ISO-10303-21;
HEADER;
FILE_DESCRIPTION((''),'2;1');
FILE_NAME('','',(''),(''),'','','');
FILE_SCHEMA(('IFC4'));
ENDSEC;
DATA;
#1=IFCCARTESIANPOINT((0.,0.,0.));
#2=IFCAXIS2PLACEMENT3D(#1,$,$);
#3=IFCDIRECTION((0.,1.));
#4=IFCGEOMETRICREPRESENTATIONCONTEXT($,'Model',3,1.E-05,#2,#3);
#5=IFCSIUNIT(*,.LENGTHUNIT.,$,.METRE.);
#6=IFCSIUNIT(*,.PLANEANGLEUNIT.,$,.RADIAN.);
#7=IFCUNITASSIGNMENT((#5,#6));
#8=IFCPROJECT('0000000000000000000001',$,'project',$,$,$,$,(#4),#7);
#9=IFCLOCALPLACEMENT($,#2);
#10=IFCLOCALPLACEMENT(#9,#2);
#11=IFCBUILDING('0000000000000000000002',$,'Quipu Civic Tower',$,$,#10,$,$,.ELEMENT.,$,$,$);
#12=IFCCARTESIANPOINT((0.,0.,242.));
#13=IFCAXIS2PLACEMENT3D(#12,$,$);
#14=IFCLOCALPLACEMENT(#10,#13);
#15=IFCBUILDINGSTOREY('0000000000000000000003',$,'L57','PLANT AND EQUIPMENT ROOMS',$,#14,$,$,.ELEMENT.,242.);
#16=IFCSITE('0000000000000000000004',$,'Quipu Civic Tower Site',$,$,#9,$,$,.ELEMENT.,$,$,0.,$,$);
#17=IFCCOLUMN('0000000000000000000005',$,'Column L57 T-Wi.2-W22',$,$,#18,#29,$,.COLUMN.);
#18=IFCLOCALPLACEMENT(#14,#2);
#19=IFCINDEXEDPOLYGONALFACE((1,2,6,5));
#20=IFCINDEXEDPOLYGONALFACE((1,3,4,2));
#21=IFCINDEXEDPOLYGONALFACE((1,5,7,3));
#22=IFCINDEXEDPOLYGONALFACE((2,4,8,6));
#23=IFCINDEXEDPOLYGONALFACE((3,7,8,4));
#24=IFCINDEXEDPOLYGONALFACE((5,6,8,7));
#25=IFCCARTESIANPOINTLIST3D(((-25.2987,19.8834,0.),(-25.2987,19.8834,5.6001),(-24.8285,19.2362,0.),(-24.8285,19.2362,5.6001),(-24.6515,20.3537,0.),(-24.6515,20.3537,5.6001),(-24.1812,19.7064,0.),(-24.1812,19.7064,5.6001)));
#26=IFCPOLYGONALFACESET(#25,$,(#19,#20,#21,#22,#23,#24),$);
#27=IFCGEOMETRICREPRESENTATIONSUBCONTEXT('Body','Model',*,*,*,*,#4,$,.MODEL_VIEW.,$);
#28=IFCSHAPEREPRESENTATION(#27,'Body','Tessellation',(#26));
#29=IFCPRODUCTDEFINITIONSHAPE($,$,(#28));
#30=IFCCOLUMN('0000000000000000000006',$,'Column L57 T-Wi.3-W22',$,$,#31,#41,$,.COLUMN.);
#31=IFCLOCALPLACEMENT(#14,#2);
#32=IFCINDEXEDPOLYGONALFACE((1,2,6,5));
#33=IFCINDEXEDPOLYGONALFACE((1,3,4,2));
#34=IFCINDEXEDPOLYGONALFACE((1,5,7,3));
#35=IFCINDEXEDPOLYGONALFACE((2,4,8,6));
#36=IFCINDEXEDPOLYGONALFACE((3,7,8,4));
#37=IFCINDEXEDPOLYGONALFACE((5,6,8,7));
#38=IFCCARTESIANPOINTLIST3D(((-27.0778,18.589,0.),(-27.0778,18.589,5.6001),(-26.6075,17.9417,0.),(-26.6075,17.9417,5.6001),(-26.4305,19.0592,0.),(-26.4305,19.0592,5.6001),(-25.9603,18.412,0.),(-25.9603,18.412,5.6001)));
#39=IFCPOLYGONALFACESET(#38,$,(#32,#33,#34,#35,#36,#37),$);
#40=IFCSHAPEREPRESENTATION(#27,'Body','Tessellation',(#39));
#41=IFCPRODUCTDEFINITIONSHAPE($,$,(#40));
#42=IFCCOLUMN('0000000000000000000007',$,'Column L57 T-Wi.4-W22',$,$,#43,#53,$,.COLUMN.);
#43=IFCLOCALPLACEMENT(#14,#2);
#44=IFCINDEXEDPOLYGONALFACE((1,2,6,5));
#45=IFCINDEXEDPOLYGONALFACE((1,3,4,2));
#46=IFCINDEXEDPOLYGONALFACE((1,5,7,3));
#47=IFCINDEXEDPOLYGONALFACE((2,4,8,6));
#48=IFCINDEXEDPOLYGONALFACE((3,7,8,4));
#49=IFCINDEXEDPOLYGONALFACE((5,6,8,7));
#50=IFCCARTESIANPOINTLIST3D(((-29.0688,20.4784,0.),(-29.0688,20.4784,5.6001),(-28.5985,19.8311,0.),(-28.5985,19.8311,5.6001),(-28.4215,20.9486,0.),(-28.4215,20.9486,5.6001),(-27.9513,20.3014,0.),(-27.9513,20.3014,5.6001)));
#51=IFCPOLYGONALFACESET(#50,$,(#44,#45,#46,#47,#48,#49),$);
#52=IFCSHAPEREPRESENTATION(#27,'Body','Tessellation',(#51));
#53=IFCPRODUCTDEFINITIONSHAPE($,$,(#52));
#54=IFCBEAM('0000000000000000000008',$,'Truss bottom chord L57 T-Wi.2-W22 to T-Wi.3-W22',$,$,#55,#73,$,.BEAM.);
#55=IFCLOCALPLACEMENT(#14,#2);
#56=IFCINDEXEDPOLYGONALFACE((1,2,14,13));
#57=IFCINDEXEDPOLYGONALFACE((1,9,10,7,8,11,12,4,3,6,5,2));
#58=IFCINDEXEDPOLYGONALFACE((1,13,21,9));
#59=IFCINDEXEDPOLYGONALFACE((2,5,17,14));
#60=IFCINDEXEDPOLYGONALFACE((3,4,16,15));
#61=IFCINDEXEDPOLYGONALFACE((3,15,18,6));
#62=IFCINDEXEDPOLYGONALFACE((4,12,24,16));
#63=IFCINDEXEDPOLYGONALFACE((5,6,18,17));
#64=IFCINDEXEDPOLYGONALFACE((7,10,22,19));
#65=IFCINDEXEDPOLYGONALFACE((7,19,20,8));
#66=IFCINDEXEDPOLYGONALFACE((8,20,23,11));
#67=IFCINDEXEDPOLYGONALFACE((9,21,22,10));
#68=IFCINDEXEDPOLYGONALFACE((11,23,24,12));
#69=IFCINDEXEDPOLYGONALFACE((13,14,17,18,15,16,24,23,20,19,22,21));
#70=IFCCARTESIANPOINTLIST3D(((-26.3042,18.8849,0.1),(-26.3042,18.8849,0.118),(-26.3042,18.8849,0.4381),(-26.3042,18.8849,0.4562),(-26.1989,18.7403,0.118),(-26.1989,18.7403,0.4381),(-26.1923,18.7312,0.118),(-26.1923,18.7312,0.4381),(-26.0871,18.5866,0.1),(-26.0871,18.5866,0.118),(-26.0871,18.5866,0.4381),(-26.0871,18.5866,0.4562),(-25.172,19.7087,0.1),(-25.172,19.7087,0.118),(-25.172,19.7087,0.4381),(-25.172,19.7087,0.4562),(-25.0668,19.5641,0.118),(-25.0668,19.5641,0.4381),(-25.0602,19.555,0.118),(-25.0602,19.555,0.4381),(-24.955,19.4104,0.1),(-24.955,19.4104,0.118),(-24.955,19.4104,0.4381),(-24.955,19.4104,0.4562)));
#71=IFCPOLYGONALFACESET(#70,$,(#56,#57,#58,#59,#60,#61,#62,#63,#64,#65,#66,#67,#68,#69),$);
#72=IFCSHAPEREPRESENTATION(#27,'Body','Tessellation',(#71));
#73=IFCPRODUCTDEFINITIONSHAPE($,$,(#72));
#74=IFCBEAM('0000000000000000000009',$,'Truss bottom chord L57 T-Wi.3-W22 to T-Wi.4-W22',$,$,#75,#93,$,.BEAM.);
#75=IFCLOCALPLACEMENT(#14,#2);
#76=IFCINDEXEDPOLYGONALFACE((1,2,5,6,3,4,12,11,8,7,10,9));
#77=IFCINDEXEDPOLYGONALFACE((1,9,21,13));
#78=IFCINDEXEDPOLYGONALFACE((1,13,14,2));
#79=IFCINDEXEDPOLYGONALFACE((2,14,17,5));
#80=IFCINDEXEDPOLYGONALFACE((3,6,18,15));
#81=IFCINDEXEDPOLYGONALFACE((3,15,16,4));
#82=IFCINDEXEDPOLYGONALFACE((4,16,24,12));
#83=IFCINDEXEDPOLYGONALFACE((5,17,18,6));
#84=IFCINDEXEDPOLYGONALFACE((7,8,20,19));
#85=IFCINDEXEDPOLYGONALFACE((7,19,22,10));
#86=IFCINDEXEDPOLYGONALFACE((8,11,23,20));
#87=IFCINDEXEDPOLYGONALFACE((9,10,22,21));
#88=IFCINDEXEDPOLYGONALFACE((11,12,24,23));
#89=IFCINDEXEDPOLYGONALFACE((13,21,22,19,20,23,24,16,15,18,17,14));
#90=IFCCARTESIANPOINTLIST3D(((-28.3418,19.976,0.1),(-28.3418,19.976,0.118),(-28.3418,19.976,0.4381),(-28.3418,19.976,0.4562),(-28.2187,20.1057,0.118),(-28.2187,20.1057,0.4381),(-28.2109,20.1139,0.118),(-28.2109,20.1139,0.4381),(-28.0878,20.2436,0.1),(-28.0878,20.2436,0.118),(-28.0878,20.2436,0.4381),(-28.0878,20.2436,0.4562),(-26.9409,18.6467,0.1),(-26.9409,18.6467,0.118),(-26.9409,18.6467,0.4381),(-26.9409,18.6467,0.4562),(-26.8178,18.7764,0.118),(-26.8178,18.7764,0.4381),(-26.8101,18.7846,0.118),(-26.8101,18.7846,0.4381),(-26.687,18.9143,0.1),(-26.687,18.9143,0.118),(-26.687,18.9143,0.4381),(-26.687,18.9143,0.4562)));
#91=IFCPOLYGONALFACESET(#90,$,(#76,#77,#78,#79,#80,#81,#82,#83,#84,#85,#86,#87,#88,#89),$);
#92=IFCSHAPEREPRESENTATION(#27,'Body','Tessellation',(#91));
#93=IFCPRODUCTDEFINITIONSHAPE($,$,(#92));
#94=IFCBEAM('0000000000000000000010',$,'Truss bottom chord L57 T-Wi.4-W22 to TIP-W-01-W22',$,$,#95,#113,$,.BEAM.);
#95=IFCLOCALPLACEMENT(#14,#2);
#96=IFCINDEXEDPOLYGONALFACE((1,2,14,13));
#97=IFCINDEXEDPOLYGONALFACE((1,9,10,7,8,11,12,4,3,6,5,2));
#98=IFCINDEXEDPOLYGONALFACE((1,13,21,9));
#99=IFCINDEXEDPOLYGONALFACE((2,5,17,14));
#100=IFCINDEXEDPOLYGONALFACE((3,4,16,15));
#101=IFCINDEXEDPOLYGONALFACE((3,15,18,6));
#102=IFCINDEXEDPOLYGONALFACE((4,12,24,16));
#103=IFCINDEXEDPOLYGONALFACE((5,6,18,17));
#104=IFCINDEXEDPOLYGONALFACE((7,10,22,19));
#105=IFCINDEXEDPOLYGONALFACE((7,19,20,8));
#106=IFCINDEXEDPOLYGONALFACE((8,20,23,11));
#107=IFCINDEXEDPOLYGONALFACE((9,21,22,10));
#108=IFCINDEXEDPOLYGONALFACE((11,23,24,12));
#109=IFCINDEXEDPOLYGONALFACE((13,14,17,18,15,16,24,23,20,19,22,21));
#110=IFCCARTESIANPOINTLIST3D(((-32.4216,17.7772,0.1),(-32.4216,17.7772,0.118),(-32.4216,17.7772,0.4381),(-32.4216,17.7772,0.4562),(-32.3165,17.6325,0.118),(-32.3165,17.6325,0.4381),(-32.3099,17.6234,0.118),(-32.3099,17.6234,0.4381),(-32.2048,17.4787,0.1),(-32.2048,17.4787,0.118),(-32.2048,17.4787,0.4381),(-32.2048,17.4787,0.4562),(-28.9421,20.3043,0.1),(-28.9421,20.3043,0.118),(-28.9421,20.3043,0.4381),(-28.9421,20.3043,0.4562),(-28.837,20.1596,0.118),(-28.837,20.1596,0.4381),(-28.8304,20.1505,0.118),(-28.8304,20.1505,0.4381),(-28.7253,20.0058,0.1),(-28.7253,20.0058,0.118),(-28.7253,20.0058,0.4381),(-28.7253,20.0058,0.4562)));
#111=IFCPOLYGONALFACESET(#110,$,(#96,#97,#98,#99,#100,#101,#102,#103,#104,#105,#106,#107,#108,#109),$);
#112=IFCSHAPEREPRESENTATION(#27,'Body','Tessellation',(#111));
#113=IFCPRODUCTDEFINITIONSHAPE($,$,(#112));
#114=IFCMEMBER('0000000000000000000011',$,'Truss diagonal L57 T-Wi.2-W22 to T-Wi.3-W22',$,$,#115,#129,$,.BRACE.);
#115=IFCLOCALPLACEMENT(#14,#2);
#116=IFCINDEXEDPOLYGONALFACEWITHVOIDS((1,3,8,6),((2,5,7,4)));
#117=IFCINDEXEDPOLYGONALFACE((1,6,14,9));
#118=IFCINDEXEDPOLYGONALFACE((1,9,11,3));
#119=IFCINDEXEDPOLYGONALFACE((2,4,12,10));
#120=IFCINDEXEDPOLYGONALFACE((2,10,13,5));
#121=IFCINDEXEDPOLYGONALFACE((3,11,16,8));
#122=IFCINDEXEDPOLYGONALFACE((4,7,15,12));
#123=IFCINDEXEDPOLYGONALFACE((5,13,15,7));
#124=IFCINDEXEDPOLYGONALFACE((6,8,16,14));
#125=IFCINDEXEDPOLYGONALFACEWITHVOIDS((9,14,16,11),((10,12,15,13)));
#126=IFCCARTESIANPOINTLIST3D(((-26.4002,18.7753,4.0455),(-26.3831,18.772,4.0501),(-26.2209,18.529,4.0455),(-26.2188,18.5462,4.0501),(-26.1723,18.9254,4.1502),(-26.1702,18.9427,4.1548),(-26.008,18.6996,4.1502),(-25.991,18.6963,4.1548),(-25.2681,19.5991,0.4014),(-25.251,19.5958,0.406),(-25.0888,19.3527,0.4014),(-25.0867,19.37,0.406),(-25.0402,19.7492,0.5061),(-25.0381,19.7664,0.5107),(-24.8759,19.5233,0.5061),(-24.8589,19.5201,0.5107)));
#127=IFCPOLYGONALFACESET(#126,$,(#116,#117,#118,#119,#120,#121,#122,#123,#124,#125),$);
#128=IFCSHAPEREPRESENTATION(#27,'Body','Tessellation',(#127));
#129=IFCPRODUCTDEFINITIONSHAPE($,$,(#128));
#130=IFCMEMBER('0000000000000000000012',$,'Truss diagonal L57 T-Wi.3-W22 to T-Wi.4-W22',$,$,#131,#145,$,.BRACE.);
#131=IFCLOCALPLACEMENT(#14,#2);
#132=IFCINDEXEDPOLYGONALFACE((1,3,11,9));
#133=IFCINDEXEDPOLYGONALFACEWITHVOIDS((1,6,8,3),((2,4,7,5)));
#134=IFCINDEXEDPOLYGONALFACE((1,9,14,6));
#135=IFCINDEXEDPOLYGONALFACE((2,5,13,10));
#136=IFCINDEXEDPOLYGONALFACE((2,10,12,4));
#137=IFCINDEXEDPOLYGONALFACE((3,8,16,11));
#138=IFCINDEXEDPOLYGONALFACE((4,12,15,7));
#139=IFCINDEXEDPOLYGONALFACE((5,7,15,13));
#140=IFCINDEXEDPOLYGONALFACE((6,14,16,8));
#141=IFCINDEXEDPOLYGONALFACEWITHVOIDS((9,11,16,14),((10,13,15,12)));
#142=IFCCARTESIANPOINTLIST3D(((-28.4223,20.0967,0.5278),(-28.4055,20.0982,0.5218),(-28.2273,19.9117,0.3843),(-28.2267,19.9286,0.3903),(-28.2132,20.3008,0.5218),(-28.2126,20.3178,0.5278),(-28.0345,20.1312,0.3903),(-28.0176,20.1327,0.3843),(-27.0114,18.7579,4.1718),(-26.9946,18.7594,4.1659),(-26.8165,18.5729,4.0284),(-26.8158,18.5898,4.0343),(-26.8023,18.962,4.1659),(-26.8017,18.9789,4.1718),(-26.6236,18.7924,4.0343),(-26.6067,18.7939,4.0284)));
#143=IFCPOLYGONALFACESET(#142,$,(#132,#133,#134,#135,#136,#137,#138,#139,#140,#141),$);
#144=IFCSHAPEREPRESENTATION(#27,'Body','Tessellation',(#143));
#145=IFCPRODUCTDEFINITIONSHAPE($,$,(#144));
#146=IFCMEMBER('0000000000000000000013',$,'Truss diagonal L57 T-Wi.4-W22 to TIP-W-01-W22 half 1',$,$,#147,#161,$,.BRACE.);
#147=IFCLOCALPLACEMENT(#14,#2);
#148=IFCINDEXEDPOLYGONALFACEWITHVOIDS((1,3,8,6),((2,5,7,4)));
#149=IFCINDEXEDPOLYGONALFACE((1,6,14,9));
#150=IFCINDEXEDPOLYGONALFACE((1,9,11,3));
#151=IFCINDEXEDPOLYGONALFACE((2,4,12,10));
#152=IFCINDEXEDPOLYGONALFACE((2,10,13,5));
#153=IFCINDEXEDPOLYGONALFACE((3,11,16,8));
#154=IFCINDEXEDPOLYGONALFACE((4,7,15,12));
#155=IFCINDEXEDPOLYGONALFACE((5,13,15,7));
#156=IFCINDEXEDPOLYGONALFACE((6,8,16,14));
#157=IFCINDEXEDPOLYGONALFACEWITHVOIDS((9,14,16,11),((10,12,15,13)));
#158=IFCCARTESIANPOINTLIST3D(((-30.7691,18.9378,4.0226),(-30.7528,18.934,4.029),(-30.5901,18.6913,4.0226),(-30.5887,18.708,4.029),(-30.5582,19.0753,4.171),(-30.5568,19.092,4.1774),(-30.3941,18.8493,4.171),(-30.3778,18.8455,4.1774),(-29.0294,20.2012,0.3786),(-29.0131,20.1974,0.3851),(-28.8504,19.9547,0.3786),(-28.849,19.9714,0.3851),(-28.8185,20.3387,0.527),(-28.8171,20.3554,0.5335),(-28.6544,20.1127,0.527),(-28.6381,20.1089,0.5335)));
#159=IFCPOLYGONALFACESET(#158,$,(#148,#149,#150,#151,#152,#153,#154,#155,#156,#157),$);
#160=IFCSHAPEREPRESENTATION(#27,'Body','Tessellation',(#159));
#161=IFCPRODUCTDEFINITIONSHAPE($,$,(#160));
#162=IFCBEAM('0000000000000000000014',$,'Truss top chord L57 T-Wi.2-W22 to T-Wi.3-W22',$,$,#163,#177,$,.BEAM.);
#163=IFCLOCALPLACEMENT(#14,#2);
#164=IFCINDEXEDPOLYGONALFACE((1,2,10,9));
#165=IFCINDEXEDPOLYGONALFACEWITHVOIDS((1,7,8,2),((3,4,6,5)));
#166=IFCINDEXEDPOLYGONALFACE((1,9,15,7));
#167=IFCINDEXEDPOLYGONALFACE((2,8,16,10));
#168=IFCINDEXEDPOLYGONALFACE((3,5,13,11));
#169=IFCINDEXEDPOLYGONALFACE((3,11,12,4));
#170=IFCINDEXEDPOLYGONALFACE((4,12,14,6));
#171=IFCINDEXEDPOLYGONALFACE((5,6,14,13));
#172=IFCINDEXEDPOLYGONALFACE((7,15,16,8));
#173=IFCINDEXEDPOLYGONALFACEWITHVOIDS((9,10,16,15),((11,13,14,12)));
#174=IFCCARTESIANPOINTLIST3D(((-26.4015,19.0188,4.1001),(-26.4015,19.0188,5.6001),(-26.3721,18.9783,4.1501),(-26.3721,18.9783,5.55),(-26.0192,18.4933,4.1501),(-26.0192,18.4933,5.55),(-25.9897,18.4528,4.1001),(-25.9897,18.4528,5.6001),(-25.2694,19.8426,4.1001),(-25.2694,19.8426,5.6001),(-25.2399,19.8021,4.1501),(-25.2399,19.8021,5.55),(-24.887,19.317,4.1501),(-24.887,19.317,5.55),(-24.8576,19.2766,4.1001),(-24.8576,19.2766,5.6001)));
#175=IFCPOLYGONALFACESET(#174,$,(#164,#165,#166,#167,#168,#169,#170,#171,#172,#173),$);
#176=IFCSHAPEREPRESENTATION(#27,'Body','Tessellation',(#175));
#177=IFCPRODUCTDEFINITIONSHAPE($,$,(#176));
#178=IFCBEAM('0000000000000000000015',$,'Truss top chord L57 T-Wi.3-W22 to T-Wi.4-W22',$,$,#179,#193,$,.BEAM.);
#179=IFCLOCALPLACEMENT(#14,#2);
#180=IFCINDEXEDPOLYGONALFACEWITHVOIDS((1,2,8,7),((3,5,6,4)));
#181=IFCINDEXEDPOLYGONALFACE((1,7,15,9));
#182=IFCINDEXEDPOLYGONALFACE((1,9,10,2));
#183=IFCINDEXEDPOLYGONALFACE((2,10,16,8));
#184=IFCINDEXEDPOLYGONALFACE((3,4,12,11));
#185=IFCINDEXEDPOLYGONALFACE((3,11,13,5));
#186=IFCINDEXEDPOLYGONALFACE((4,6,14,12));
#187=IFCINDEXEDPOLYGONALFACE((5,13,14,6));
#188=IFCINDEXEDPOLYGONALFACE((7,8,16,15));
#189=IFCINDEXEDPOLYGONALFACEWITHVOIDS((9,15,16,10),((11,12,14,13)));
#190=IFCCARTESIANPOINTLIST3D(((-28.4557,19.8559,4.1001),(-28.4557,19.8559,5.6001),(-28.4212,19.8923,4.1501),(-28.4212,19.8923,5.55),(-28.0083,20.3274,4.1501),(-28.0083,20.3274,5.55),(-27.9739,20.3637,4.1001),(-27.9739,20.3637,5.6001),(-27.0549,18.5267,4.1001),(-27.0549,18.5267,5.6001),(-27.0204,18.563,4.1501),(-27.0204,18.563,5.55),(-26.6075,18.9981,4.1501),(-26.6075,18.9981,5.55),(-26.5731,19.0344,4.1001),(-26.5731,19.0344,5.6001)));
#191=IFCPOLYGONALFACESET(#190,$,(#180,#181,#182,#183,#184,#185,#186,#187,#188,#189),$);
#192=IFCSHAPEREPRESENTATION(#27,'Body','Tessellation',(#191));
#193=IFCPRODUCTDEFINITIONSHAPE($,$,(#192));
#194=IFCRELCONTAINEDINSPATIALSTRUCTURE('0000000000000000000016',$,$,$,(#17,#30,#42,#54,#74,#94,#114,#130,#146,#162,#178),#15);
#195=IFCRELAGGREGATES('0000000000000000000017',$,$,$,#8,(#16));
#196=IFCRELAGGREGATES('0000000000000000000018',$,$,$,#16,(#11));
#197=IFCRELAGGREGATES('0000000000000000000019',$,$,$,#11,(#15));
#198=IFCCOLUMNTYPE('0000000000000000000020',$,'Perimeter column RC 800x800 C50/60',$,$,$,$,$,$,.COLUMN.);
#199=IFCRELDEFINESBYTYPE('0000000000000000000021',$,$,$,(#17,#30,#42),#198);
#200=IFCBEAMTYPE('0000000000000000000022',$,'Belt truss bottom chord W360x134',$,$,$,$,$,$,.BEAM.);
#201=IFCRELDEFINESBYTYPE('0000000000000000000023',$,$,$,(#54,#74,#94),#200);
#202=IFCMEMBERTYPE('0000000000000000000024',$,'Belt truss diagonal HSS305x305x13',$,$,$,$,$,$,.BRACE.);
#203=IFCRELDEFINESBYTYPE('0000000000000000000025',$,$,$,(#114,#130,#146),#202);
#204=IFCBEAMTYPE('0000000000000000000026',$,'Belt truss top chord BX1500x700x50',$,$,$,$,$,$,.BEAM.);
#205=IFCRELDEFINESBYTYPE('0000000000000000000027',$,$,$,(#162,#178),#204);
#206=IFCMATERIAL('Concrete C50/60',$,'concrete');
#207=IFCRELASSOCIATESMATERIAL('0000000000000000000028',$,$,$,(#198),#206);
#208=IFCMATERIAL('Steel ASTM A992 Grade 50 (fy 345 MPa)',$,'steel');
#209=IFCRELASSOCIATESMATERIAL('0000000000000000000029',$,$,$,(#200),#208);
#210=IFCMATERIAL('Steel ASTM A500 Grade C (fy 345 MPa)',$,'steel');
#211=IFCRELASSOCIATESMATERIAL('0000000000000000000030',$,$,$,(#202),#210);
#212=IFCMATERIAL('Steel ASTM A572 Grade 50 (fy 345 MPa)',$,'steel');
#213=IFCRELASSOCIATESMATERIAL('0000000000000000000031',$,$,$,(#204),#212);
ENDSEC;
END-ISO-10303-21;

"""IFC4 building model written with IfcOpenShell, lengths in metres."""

from ifc_helpers import new_model, si_unit, direction, frame, origin, origin_2d, place, context, subcontext, project, spatial, rectangle, hollow_rectangle, i_section, extrude, material, material_profile, profile_set, type_object, element, save


model = new_model("IFC4")

# Units and contexts
model_context = context("Model", 3, precision=1e-05, world=origin(), true_north=direction((0.0, 1.0)))
body_context = subcontext(model_context, "Body", "Model", "MODEL_VIEW")
ifc_project = project(units=[si_unit("LENGTHUNIT", "METRE"), si_unit("PLANEANGLEUNIT", "RADIAN")], contexts=[model_context])

# Site, building, storey
site_placement = place(None, origin())
site = spatial("IfcSite", under=ifc_project, at=site_placement, Name="Quipu Civic Tower Site", CompositionType="ELEMENT", RefElevation=0.0)
building_placement = place(site_placement, origin())
building = spatial("IfcBuilding", under=site, at=building_placement, Name="Quipu Civic Tower", CompositionType="ELEMENT")
storey_placement = place(building_placement, frame((0.0, 0.0, 242.0)))
storey = spatial("IfcBuildingStorey", under=building, at=storey_placement, Name="L57", Description="PLANT AND EQUIPMENT ROOMS", CompositionType="ELEMENT", Elevation=242.0)

# Columns
ifc_material_1 = material(Name="Concrete C50/60", Category="concrete")
ifc_material_profile_1 = material_profile(ifc_material_1, rectangle(XDim=0.8, YDim=0.8, at=origin_2d()), Name="RC800x800")
ifc_profile_set_1 = profile_set([ifc_material_profile_1], Name="Concrete C50/60")
column_type = type_object("IfcColumnType", Name="Perimeter column RC 800x800 C50/60", PredefinedType="COLUMN", material=ifc_profile_set_1)
for number, where, z_axis, x_axis, name in (
    (1, (-24.74, 19.7949, 0.0), (0.0, 0.0, 1.0), (-0.587785, 0.809017, 0.0), "Column L57 T-Wi.2-W22"),
    (2, (-26.519, 18.5005, 0.0), (0.0, 0.0, 1.0), (-0.587785, 0.809017, 0.0), "Column L57 T-Wi.3-W22"),
    (3, (-28.51, 20.3899, 0.0), (0.0, 0.0, 1.0), (-0.809017, -0.587785, 0.0), "Column L57 T-Wi.4-W22"),
):
    element("IfcColumn", number, at=place(storey_placement, frame(where, z_axis=z_axis, x_axis=x_axis)), inside=storey, type_object=column_type, Name=name, PredefinedType="COLUMN", context=body_context, shape_type="SweptSolid", body=[
        extrude(rectangle(XDim=0.8, YDim=0.8, at=origin_2d()), origin(), (0.0, 0.0, 1.0), 5.6001),
    ])

# Beams
ifc_material_2 = material(Name="Steel ASTM A992 Grade 50 (fy 345 MPa)", Category="steel")
ifc_material_profile_2 = material_profile(ifc_material_2, i_section(OverallWidth=0.3689, OverallDepth=0.3562, WebThickness=0.0112, FlangeThickness=0.0181, at=origin_2d()), Name="W360x134")
ifc_profile_set_2 = profile_set([ifc_material_profile_2], Name="Steel ASTM A992 Grade 50 (fy 345 MPa)")
beam_type_1 = type_object("IfcBeamType", Name="Belt truss bottom chord W360x134", PredefinedType="BEAM", material=ifc_profile_set_2)
beam_1_placement = place(storey_placement, frame((-25.0635, 19.5596, 0.2781), z_axis=(-0.8086, -0.588358, 0.0), x_axis=(0.588358, -0.8086, 0.0)))
element("IfcBeam", 4, at=beam_1_placement, inside=storey, type_object=beam_type_1, Name="Truss bottom chord L57 T-Wi.2-W22 to T-Wi.3-W22", PredefinedType="BEAM", context=body_context, shape_type="SweptSolid", body=[
    extrude(i_section(OverallWidth=0.3689, OverallDepth=0.3562, WebThickness=0.0112, FlangeThickness=0.0181, at=origin_2d()), origin(), (0.0, 0.0, 1.0), 1.4001),
])
beam_2_placement = place(storey_placement, frame((-26.814, 18.7805, 0.2781), z_axis=(-0.725384, 0.688344, 0.0), x_axis=(-0.688344, -0.725384, 0.0)))
element("IfcBeam", 5, at=beam_2_placement, inside=storey, type_object=beam_type_1, Name="Truss bottom chord L57 T-Wi.3-W22 to T-Wi.4-W22", PredefinedType="BEAM", context=body_context, shape_type="SweptSolid", body=[
    extrude(i_section(OverallWidth=0.3689, OverallDepth=0.3562, WebThickness=0.0112, FlangeThickness=0.0181, at=origin_2d()), origin(), (0.0, 0.0, 1.0), 1.9312),
])
beam_3_placement = place(storey_placement, frame((-28.8337, 20.155, 0.2781), z_axis=(-0.809116, -0.587648, 0.0), x_axis=(0.587648, -0.809116, 0.0)))
element("IfcBeam", 6, at=beam_3_placement, inside=storey, type_object=beam_type_1, Name="Truss bottom chord L57 T-Wi.4-W22 to TIP-W-01-W22", PredefinedType="BEAM", context=body_context, shape_type="SweptSolid", body=[
    extrude(i_section(OverallWidth=0.3689, OverallDepth=0.3562, WebThickness=0.0112, FlangeThickness=0.0181, at=origin_2d()), origin(), (0.0, 0.0, 1.0), 4.3003),
])

# Members
ifc_material_3 = material(Name="Steel ASTM A500 Grade C (fy 345 MPa)", Category="steel")
ifc_material_profile_3 = material_profile(ifc_material_3, hollow_rectangle(XDim=0.3047, YDim=0.3047, WallThickness=0.0127, at=origin_2d()), Name="HSS305x305x13")
ifc_profile_set_3 = profile_set([ifc_material_profile_3], Name="Steel ASTM A500 Grade C (fy 345 MPa)")
member_type = type_object("IfcMemberType", Name="Belt truss diagonal HSS305x305x13", PredefinedType="BRACE", material=ifc_profile_set_3)
member_1_placement = place(storey_placement, frame((-25.0635, 19.5596, 0.4561), z_axis=(-0.289999, -0.211011, 0.933475), x_axis=(0.588358, -0.8086, 0.0)))
element("IfcMember", 7, at=member_1_placement, inside=storey, type_object=member_type, Name="Truss diagonal L57 T-Wi.2-W22 to T-Wi.3-W22", PredefinedType="BRACE", context=body_context, shape_type="SweptSolid", body=[
    extrude(hollow_rectangle(XDim=0.3047, YDim=0.3047, WallThickness=0.0127, at=origin_2d()), origin(), (0.0, 0.0, 1.0), 3.9038),
])
member_2_placement = place(storey_placement, frame((-26.8091, 18.7759, 4.1001), z_axis=(-0.341566, 0.32413, -0.882197), x_axis=(-0.68835, -0.725379, 0.0)))
element("IfcMember", 8, at=member_2_placement, inside=storey, type_object=member_type, Name="Truss diagonal L57 T-Wi.3-W22 to T-Wi.4-W22", PredefinedType="BRACE", context=body_context, shape_type="SweptSolid", body=[
    extrude(hollow_rectangle(XDim=0.3047, YDim=0.3047, WallThickness=0.0127, at=origin_2d()), origin(), (0.0, 0.0, 1.0), 4.1306),
])
member_3_placement = place(storey_placement, frame((-28.8337, 20.155, 0.4561), z_axis=(-0.411183, -0.298607, 0.861257), x_axis=(0.587611, -0.809143, 0.0)))
element("IfcMember", 9, at=member_3_placement, inside=storey, type_object=member_type, Name="Truss diagonal L57 T-Wi.4-W22 to TIP-W-01-W22 half 1", PredefinedType="BRACE", context=body_context, shape_type="SweptSolid", body=[
    extrude(hollow_rectangle(XDim=0.3047, YDim=0.3047, WallThickness=0.0127, at=origin_2d()), origin(), (0.0, 0.0, 1.0), 4.231),
])

# Beams
ifc_material_4 = material(Name="Steel ASTM A572 Grade 50 (fy 345 MPa)", Category="steel")
ifc_material_profile_4 = material_profile(ifc_material_4, hollow_rectangle(XDim=0.7, YDim=1.5, WallThickness=0.05, at=origin_2d()), Name="BX1500x700x50")
ifc_profile_set_4 = profile_set([ifc_material_profile_4], Name="Steel ASTM A572 Grade 50 (fy 345 MPa)")
beam_type_2 = type_object("IfcBeamType", Name="Belt truss top chord BX1500x700x50", PredefinedType="BEAM", material=ifc_profile_set_4)
beam_4_placement = place(storey_placement, frame((-25.0635, 19.5596, 4.8501), z_axis=(-0.8086, -0.588358, 0.0), x_axis=(0.588358, -0.8086, 0.0)))
element("IfcBeam", 10, at=beam_4_placement, inside=storey, type_object=beam_type_2, Name="Truss top chord L57 T-Wi.2-W22 to T-Wi.3-W22", PredefinedType="BEAM", context=body_context, shape_type="SweptSolid", body=[
    extrude(hollow_rectangle(XDim=0.7, YDim=1.5, WallThickness=0.05, at=origin_2d()), origin(), (0.0, 0.0, 1.0), 1.4001),
])
beam_5_placement = place(storey_placement, frame((-26.814, 18.7805, 4.8501), z_axis=(-0.725384, 0.688344, 0.0), x_axis=(-0.688344, -0.725384, 0.0)))
element("IfcBeam", 11, at=beam_5_placement, inside=storey, type_object=beam_type_2, Name="Truss top chord L57 T-Wi.3-W22 to T-Wi.4-W22", PredefinedType="BEAM", context=body_context, shape_type="SweptSolid", body=[
    extrude(hollow_rectangle(XDim=0.7, YDim=1.5, WallThickness=0.05, at=origin_2d()), origin(), (0.0, 0.0, 1.0), 1.9312),
])

save(model, "model.ifc")
